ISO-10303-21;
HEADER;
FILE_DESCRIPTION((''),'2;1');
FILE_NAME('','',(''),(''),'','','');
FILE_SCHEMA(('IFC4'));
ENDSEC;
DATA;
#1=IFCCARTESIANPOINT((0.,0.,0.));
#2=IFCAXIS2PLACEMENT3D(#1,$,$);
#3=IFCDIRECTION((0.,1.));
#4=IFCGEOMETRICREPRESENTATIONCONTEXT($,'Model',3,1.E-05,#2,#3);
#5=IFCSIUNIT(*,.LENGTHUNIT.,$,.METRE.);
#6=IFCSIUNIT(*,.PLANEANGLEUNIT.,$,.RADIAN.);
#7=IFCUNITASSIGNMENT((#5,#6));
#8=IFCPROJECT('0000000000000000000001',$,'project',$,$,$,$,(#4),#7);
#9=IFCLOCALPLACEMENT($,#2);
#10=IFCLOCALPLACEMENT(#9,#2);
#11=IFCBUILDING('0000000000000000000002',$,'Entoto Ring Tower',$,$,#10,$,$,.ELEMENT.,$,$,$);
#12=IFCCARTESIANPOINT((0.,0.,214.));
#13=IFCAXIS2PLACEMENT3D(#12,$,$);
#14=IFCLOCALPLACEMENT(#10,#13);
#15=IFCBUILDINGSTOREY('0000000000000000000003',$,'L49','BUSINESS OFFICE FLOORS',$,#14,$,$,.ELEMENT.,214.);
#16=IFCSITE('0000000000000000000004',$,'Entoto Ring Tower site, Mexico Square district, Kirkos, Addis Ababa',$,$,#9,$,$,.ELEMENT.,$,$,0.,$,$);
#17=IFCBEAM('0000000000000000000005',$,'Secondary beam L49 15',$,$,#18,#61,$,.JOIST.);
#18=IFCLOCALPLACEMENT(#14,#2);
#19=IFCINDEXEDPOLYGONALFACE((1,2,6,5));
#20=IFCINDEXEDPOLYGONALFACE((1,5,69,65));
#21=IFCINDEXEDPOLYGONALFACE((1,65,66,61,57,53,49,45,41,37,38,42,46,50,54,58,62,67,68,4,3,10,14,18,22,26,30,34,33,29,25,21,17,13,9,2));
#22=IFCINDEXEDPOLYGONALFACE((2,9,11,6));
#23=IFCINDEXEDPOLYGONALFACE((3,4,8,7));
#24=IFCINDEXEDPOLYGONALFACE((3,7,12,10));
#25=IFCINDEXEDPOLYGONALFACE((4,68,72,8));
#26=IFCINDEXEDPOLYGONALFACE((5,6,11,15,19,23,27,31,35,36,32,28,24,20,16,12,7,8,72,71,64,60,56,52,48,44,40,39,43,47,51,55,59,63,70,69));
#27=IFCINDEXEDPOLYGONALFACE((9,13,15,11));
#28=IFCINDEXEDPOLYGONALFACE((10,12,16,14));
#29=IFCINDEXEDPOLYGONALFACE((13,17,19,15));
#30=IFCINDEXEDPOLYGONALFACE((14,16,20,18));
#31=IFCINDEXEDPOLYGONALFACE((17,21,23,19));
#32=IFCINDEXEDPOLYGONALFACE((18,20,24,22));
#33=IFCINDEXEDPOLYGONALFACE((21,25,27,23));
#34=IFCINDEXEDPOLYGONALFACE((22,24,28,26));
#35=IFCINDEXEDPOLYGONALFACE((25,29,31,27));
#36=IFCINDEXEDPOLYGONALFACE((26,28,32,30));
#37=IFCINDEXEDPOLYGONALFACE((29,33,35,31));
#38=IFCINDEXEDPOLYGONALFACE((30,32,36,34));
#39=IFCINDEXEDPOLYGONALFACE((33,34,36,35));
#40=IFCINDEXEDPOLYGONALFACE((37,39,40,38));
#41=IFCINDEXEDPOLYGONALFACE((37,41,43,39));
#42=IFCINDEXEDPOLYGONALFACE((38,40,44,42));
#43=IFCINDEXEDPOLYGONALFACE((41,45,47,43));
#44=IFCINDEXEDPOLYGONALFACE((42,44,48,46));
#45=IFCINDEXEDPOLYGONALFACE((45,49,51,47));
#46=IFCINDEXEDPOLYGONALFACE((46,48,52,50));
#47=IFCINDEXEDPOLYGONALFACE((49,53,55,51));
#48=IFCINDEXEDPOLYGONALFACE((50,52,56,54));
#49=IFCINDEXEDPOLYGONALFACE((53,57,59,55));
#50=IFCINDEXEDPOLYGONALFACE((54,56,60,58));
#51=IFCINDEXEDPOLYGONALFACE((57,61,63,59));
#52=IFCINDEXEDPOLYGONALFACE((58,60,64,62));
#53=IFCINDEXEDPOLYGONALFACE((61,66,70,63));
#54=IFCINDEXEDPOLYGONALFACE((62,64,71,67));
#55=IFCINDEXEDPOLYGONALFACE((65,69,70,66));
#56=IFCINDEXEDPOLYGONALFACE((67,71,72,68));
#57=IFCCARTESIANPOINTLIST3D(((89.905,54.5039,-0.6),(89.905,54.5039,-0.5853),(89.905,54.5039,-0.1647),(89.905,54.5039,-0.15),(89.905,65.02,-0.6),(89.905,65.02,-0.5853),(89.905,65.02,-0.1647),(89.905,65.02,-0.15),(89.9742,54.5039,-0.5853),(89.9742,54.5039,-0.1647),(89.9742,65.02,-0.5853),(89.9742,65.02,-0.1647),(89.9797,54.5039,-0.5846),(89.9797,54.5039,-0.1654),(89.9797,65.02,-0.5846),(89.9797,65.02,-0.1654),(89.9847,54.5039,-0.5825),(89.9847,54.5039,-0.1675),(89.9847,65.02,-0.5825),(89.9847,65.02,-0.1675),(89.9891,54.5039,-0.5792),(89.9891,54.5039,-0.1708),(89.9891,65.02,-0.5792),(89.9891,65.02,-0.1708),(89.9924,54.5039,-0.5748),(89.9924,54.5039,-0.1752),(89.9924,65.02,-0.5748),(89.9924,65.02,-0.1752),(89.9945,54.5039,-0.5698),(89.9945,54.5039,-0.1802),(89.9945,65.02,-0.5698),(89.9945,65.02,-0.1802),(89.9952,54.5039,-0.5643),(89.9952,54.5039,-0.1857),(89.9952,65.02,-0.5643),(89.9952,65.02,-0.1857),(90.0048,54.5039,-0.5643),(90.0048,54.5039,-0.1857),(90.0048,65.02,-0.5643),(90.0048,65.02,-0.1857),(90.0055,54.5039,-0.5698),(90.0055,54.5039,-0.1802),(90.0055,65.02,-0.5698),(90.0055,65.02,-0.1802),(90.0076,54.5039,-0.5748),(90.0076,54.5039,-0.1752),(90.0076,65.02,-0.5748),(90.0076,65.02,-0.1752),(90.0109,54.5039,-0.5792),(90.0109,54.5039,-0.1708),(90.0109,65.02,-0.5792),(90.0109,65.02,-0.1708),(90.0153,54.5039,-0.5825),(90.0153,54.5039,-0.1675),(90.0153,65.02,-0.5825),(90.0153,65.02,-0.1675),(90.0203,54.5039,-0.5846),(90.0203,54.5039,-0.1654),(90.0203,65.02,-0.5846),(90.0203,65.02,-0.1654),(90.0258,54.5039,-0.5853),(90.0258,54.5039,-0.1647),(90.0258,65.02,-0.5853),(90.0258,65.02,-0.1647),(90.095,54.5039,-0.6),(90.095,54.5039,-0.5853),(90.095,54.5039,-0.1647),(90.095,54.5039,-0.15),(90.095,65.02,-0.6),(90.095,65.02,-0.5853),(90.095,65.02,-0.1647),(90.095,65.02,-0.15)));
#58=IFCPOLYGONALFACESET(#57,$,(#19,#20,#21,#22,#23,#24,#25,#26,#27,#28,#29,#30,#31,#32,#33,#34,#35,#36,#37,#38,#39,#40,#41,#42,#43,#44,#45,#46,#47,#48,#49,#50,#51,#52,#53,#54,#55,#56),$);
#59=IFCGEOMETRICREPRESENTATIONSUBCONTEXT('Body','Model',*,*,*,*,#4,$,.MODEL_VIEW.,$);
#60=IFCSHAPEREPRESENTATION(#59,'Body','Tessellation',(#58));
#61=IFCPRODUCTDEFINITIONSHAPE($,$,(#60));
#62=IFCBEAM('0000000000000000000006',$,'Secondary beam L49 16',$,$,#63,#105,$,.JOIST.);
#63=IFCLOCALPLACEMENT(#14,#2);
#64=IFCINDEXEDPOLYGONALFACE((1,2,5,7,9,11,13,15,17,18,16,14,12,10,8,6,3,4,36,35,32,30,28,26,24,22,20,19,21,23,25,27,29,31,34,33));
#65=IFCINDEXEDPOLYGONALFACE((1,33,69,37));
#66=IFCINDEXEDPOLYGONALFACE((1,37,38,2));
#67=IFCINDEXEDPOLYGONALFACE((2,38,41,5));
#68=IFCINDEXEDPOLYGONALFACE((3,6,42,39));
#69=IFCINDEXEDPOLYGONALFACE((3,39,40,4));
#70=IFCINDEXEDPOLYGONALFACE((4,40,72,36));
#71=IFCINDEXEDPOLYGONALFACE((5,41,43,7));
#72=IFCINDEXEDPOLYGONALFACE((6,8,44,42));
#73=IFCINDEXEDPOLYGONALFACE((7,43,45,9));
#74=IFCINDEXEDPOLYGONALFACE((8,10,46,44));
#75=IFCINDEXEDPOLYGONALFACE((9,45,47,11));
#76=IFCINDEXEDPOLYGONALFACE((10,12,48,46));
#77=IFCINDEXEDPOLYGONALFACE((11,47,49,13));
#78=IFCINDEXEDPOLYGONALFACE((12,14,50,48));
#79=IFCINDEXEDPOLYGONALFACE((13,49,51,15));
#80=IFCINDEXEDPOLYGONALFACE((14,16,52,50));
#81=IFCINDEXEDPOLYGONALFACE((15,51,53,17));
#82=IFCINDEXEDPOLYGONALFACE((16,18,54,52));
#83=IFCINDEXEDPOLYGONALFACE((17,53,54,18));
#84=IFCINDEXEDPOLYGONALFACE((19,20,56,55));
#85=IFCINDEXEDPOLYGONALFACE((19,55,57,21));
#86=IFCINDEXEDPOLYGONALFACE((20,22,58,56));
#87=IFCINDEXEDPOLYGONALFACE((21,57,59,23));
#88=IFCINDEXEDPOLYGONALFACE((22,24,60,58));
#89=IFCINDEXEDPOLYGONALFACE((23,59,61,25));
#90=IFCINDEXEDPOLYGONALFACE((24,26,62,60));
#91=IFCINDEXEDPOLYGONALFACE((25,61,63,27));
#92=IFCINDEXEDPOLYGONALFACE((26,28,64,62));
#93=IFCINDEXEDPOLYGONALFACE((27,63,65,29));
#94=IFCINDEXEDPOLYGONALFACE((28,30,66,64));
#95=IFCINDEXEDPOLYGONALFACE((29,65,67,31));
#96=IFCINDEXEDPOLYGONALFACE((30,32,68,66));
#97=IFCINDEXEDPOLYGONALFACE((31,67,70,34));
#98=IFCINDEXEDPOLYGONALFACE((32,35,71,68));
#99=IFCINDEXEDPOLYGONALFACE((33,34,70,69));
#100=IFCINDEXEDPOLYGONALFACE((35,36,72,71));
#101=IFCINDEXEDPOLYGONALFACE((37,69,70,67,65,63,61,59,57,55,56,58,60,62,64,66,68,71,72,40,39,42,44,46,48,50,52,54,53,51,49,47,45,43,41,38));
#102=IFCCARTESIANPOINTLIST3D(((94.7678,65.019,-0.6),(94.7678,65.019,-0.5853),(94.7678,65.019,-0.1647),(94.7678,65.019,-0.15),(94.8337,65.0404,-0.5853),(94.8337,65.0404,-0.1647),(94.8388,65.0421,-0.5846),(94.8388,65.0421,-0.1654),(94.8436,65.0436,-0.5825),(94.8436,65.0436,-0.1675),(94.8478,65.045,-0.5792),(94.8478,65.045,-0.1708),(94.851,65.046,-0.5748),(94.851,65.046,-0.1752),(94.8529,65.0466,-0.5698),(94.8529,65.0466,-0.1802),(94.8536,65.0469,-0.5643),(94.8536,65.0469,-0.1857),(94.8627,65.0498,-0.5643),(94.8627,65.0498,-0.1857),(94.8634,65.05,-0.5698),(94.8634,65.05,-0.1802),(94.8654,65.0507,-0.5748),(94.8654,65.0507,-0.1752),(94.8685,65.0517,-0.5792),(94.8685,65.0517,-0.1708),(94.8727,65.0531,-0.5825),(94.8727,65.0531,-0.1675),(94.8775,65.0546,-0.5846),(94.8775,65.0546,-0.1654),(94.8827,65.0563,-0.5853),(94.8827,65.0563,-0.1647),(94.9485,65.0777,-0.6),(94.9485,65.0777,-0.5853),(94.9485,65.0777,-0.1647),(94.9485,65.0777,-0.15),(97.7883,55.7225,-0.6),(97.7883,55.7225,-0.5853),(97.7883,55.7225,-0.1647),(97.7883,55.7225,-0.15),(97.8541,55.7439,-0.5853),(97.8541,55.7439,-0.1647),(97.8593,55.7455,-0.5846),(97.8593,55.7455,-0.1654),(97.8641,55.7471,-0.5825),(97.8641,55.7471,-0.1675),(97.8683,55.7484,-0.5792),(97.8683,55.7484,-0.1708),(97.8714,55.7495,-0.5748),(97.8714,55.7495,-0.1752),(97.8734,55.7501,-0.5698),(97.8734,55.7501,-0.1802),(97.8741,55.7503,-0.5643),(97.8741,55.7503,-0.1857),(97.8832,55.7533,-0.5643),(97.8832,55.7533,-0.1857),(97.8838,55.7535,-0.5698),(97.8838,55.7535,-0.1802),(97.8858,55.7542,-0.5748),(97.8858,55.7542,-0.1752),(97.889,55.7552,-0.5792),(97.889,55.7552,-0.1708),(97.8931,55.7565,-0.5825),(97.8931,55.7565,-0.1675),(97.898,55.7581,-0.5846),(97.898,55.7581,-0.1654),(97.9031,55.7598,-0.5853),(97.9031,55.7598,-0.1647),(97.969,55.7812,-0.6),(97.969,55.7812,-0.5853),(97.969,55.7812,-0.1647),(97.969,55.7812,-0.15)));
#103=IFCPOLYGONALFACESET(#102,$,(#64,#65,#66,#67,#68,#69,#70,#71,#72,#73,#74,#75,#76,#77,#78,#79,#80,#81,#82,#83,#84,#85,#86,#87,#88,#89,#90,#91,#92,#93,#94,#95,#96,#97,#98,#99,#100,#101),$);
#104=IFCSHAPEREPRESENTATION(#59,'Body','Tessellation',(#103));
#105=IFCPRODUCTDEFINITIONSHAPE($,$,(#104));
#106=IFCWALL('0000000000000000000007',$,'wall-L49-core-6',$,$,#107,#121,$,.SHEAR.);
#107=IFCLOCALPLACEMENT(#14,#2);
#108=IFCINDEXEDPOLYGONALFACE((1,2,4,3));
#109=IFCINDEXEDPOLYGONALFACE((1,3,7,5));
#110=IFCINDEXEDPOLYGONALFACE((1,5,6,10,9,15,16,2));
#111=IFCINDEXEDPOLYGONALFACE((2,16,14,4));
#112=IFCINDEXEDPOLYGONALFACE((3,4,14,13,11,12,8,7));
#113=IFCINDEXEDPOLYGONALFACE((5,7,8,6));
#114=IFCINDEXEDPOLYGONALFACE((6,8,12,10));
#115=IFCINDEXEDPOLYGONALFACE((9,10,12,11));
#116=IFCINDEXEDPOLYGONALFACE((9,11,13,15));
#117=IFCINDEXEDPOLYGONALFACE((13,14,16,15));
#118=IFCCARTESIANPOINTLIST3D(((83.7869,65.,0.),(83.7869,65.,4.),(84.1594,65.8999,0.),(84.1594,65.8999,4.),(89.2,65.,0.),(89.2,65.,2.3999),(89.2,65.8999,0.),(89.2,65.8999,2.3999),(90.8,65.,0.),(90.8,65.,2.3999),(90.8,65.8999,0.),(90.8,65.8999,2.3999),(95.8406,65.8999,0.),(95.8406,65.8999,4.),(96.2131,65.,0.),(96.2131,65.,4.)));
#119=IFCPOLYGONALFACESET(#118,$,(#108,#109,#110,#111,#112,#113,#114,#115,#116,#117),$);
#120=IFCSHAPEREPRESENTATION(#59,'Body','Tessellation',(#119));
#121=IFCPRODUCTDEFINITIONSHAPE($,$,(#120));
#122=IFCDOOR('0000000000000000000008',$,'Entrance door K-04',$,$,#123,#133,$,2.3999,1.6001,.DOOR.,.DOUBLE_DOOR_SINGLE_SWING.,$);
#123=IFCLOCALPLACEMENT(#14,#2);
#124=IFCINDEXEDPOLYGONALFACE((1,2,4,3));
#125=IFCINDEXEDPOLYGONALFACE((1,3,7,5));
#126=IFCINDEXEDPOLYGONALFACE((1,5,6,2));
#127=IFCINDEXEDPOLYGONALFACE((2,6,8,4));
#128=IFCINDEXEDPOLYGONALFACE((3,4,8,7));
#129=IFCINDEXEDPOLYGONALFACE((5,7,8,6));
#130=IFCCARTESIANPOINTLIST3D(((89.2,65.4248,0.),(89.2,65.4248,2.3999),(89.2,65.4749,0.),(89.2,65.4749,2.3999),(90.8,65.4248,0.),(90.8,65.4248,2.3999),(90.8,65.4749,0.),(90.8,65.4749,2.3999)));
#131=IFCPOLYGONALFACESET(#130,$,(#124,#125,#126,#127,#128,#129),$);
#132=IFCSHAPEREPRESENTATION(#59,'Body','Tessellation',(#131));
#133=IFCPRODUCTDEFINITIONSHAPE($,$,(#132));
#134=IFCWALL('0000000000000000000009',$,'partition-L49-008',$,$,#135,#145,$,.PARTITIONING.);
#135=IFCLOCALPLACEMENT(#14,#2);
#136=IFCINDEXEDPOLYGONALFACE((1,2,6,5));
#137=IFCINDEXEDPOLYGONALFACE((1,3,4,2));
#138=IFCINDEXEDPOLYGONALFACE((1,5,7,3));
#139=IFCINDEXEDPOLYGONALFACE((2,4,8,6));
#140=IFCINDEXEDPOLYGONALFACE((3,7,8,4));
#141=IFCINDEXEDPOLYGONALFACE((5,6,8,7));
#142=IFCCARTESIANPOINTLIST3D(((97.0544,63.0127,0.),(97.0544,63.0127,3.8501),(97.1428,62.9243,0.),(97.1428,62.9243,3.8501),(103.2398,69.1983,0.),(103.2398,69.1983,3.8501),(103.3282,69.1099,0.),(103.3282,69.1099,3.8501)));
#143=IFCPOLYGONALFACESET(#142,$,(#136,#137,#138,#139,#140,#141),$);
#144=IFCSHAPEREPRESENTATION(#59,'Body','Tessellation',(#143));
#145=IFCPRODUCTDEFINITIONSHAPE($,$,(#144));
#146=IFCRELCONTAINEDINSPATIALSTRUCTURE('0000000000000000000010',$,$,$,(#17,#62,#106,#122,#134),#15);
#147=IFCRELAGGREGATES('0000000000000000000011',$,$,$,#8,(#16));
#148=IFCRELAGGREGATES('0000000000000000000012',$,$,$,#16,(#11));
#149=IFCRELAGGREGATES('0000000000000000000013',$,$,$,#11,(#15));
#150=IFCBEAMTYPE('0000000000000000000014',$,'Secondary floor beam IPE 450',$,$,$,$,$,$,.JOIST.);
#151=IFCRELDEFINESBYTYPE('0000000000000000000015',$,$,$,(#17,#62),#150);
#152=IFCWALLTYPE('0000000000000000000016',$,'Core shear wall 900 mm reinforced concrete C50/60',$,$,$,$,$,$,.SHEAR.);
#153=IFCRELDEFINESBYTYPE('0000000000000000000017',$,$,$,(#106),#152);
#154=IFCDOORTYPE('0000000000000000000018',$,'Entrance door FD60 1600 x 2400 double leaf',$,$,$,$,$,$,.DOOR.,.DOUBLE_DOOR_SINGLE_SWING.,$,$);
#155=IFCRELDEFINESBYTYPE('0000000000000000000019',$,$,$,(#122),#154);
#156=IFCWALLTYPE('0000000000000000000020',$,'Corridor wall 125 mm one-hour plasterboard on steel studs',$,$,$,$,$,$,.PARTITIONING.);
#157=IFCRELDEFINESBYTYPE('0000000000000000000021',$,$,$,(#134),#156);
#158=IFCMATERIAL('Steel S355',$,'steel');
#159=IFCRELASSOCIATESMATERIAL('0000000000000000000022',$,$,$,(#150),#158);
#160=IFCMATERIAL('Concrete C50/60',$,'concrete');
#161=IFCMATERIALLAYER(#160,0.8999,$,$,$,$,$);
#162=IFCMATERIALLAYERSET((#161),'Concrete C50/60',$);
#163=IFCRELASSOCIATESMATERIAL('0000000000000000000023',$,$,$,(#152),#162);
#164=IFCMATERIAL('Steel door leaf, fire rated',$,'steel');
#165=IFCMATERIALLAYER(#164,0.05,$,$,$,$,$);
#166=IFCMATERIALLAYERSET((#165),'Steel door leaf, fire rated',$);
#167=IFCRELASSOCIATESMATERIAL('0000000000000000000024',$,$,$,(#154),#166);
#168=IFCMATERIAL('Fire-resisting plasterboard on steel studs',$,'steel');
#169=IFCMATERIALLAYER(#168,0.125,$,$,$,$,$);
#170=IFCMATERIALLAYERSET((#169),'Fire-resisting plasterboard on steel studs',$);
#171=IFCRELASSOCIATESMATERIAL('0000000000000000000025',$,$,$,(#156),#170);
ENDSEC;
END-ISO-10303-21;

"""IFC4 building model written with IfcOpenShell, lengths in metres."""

from ifc_helpers import new_model, si_unit, direction, frame, frame_2d, origin, origin_2d, place, context, subcontext, project, spatial, polyline, rectangle, i_section, outline, extrude, material, layer, layer_set, material_profile, profile_set, type_object, element, fill, save


model = new_model("IFC4")

# Units and contexts
model_context = context("Model", 3, precision=1e-05, world=origin(), true_north=direction((0.0, 1.0)))
body_context = subcontext(model_context, "Body", "Model", "MODEL_VIEW")
ifc_project = project(units=[si_unit("LENGTHUNIT", "METRE"), si_unit("PLANEANGLEUNIT", "RADIAN")], contexts=[model_context])

# Site, building, storey
site_placement = place(None, origin())
site = spatial("IfcSite", under=ifc_project, at=site_placement, Name="Entoto Ring Tower site, Mexico Square district, Kirkos, Addis Ababa", CompositionType="ELEMENT", RefElevation=0.0)
building_placement = place(site_placement, origin())
building = spatial("IfcBuilding", under=site, at=building_placement, Name="Entoto Ring Tower", CompositionType="ELEMENT")
storey_placement = place(building_placement, frame((0.0, 0.0, 214.0)))
storey = spatial("IfcBuildingStorey", under=building, at=storey_placement, Name="L49", Description="BUSINESS OFFICE FLOORS", CompositionType="ELEMENT", Elevation=214.0)

# Beams
ifc_material_1 = material(Name="Steel S355", Category="steel")
ifc_material_profile_1 = material_profile(ifc_material_1, i_section(OverallWidth=0.1899, OverallDepth=0.45, WebThickness=0.0095, FlangeThickness=0.0146, FilletRadius=0.021, at=origin_2d()), Name="IPE 450")
ifc_profile_set_1 = profile_set([ifc_material_profile_1], Name="Steel S355")
beam_type_1 = type_object("IfcBeamType", Name="Secondary floor beam IPE 450", PredefinedType="JOIST", material=ifc_profile_set_1)
beam_1_placement = place(storey_placement, frame((90.0, 65.02, -0.375), z_axis=(0.0, -1.0, 0.0), x_axis=(1.0, 0.0, 0.0)))
element("IfcBeam", 1, at=beam_1_placement, inside=storey, type_object=beam_type_1, Name="Secondary beam L49 15", PredefinedType="JOIST", context=body_context, shape_type="SweptSolid", body=[
    extrude(i_section(OverallWidth=0.1899, OverallDepth=0.45, WebThickness=0.0095, FlangeThickness=0.0146, FilletRadius=0.021, at=origin_2d()), origin(), (0.0, 0.0, 1.0), 10.5161),
])
beam_2_placement = place(storey_placement, frame((94.8582, 65.0483, -0.375), z_axis=(0.309003, -0.951061, 0.0), x_axis=(0.951061, 0.309003, 0.0)))
element("IfcBeam", 2, at=beam_2_placement, inside=storey, type_object=beam_type_1, Name="Secondary beam L49 16", PredefinedType="JOIST", context=body_context, shape_type="SweptSolid", body=[
    extrude(i_section(OverallWidth=0.1899, OverallDepth=0.45, WebThickness=0.0095, FlangeThickness=0.0146, FilletRadius=0.021, at=origin_2d()), origin(), (0.0, 0.0, 1.0), 9.7749),
])

# Wall, opening, door
ifc_material_2 = material(Name="Concrete C50/60", Category="concrete")
ifc_layer_1 = layer(ifc_material_2, 0.8999)
ifc_layer_set_1 = layer_set([ifc_layer_1], Name="Concrete C50/60")
wall_type_1 = type_object("IfcWallType", Name="Core shear wall 900 mm reinforced concrete C50/60", PredefinedType="SHEAR", material=ifc_layer_set_1)
wall_1_placement = place(storey_placement, frame((83.9731, 65.45, 0.0), z_axis=(0.0, 0.0, 1.0), x_axis=(1.0, 0.0, 0.0)))
wall_1 = element("IfcWall", 3, at=wall_1_placement, inside=storey, type_object=wall_type_1, Name="wall-L49-core-6", PredefinedType="SHEAR", context=body_context, shape_type="SweptSolid", body=[
    extrude(outline(polyline([(-0.1863, -0.45), (12.24, -0.45), (11.8674, 0.45), (0.1863, 0.45), (-0.1863, -0.45)])), origin(), (0.0, 0.0, 1.0), 4.0),
])
opening_placement = place(wall_1_placement, frame((5.2268, 0.0, 0.0)))
opening = element("IfcOpeningElement", 4, at=opening_placement, cuts=wall_1, PredefinedType="OPENING", context=body_context, shape_type="SweptSolid", body=[
    extrude(rectangle(XDim=1.6001, YDim=2.3999, at=frame_2d((0.8, 1.2))), frame((0.0, 0.46, 0.0), z_axis=(0.0, -1.0, 0.0), x_axis=(1.0, 0.0, 0.0)), (0.0, 0.0, 1.0), 0.9199),
])
ifc_material_3 = material(Name="Steel door leaf, fire rated", Category="steel")
ifc_layer_2 = layer(ifc_material_3, 0.05)
ifc_layer_set_2 = layer_set([ifc_layer_2], Name="Steel door leaf, fire rated")
door_type = type_object("IfcDoorType", Name="Entrance door FD60 1600 x 2400 double leaf", OperationType="DOUBLE_DOOR_SINGLE_SWING", PredefinedType="DOOR", material=ifc_layer_set_2)
door_placement = place(opening_placement, origin())
door = element("IfcDoor", 5, at=door_placement, inside=storey, type_object=door_type, Name="Entrance door K-04", OperationType="DOUBLE_DOOR_SINGLE_SWING", OverallHeight=2.3999, OverallWidth=1.6001, PredefinedType="DOOR", context=body_context, shape_type="SweptSolid", body=[
    extrude(rectangle(XDim=1.6001, YDim=2.3999, at=frame_2d((0.8, 1.2))), frame((0.0, 0.0249, 0.0), z_axis=(0.0, -1.0, 0.0), x_axis=(1.0, 0.0, 0.0)), (0.0, 0.0, 1.0), 0.05),
])
fill(opening, door)

# Wall
ifc_material_4 = material(Name="Fire-resisting plasterboard on steel studs", Category="steel")
ifc_layer_3 = layer(ifc_material_4, 0.125)
ifc_layer_set_3 = layer_set([ifc_layer_3], Name="Fire-resisting plasterboard on steel studs")
wall_type_2 = type_object("IfcWallType", Name="Corridor wall 125 mm one-hour plasterboard on steel studs", PredefinedType="PARTITIONING", material=ifc_layer_set_3)
wall_2_placement = place(storey_placement, frame((97.0986, 62.9685, 0.0), z_axis=(0.0, 0.0, 1.0), x_axis=(0.707093, 0.707121, 0.0)))
element("IfcWall", 6, at=wall_2_placement, inside=storey, type_object=wall_type_2, Name="partition-L49-008", PredefinedType="PARTITIONING", context=body_context, shape_type="SweptSolid", body=[
    extrude(rectangle(XDim=8.7476, YDim=0.125, at=frame_2d((4.3738, 0.0))), origin(), (0.0, 0.0, 1.0), 3.8501),
])

save(model, "model.ifc")
